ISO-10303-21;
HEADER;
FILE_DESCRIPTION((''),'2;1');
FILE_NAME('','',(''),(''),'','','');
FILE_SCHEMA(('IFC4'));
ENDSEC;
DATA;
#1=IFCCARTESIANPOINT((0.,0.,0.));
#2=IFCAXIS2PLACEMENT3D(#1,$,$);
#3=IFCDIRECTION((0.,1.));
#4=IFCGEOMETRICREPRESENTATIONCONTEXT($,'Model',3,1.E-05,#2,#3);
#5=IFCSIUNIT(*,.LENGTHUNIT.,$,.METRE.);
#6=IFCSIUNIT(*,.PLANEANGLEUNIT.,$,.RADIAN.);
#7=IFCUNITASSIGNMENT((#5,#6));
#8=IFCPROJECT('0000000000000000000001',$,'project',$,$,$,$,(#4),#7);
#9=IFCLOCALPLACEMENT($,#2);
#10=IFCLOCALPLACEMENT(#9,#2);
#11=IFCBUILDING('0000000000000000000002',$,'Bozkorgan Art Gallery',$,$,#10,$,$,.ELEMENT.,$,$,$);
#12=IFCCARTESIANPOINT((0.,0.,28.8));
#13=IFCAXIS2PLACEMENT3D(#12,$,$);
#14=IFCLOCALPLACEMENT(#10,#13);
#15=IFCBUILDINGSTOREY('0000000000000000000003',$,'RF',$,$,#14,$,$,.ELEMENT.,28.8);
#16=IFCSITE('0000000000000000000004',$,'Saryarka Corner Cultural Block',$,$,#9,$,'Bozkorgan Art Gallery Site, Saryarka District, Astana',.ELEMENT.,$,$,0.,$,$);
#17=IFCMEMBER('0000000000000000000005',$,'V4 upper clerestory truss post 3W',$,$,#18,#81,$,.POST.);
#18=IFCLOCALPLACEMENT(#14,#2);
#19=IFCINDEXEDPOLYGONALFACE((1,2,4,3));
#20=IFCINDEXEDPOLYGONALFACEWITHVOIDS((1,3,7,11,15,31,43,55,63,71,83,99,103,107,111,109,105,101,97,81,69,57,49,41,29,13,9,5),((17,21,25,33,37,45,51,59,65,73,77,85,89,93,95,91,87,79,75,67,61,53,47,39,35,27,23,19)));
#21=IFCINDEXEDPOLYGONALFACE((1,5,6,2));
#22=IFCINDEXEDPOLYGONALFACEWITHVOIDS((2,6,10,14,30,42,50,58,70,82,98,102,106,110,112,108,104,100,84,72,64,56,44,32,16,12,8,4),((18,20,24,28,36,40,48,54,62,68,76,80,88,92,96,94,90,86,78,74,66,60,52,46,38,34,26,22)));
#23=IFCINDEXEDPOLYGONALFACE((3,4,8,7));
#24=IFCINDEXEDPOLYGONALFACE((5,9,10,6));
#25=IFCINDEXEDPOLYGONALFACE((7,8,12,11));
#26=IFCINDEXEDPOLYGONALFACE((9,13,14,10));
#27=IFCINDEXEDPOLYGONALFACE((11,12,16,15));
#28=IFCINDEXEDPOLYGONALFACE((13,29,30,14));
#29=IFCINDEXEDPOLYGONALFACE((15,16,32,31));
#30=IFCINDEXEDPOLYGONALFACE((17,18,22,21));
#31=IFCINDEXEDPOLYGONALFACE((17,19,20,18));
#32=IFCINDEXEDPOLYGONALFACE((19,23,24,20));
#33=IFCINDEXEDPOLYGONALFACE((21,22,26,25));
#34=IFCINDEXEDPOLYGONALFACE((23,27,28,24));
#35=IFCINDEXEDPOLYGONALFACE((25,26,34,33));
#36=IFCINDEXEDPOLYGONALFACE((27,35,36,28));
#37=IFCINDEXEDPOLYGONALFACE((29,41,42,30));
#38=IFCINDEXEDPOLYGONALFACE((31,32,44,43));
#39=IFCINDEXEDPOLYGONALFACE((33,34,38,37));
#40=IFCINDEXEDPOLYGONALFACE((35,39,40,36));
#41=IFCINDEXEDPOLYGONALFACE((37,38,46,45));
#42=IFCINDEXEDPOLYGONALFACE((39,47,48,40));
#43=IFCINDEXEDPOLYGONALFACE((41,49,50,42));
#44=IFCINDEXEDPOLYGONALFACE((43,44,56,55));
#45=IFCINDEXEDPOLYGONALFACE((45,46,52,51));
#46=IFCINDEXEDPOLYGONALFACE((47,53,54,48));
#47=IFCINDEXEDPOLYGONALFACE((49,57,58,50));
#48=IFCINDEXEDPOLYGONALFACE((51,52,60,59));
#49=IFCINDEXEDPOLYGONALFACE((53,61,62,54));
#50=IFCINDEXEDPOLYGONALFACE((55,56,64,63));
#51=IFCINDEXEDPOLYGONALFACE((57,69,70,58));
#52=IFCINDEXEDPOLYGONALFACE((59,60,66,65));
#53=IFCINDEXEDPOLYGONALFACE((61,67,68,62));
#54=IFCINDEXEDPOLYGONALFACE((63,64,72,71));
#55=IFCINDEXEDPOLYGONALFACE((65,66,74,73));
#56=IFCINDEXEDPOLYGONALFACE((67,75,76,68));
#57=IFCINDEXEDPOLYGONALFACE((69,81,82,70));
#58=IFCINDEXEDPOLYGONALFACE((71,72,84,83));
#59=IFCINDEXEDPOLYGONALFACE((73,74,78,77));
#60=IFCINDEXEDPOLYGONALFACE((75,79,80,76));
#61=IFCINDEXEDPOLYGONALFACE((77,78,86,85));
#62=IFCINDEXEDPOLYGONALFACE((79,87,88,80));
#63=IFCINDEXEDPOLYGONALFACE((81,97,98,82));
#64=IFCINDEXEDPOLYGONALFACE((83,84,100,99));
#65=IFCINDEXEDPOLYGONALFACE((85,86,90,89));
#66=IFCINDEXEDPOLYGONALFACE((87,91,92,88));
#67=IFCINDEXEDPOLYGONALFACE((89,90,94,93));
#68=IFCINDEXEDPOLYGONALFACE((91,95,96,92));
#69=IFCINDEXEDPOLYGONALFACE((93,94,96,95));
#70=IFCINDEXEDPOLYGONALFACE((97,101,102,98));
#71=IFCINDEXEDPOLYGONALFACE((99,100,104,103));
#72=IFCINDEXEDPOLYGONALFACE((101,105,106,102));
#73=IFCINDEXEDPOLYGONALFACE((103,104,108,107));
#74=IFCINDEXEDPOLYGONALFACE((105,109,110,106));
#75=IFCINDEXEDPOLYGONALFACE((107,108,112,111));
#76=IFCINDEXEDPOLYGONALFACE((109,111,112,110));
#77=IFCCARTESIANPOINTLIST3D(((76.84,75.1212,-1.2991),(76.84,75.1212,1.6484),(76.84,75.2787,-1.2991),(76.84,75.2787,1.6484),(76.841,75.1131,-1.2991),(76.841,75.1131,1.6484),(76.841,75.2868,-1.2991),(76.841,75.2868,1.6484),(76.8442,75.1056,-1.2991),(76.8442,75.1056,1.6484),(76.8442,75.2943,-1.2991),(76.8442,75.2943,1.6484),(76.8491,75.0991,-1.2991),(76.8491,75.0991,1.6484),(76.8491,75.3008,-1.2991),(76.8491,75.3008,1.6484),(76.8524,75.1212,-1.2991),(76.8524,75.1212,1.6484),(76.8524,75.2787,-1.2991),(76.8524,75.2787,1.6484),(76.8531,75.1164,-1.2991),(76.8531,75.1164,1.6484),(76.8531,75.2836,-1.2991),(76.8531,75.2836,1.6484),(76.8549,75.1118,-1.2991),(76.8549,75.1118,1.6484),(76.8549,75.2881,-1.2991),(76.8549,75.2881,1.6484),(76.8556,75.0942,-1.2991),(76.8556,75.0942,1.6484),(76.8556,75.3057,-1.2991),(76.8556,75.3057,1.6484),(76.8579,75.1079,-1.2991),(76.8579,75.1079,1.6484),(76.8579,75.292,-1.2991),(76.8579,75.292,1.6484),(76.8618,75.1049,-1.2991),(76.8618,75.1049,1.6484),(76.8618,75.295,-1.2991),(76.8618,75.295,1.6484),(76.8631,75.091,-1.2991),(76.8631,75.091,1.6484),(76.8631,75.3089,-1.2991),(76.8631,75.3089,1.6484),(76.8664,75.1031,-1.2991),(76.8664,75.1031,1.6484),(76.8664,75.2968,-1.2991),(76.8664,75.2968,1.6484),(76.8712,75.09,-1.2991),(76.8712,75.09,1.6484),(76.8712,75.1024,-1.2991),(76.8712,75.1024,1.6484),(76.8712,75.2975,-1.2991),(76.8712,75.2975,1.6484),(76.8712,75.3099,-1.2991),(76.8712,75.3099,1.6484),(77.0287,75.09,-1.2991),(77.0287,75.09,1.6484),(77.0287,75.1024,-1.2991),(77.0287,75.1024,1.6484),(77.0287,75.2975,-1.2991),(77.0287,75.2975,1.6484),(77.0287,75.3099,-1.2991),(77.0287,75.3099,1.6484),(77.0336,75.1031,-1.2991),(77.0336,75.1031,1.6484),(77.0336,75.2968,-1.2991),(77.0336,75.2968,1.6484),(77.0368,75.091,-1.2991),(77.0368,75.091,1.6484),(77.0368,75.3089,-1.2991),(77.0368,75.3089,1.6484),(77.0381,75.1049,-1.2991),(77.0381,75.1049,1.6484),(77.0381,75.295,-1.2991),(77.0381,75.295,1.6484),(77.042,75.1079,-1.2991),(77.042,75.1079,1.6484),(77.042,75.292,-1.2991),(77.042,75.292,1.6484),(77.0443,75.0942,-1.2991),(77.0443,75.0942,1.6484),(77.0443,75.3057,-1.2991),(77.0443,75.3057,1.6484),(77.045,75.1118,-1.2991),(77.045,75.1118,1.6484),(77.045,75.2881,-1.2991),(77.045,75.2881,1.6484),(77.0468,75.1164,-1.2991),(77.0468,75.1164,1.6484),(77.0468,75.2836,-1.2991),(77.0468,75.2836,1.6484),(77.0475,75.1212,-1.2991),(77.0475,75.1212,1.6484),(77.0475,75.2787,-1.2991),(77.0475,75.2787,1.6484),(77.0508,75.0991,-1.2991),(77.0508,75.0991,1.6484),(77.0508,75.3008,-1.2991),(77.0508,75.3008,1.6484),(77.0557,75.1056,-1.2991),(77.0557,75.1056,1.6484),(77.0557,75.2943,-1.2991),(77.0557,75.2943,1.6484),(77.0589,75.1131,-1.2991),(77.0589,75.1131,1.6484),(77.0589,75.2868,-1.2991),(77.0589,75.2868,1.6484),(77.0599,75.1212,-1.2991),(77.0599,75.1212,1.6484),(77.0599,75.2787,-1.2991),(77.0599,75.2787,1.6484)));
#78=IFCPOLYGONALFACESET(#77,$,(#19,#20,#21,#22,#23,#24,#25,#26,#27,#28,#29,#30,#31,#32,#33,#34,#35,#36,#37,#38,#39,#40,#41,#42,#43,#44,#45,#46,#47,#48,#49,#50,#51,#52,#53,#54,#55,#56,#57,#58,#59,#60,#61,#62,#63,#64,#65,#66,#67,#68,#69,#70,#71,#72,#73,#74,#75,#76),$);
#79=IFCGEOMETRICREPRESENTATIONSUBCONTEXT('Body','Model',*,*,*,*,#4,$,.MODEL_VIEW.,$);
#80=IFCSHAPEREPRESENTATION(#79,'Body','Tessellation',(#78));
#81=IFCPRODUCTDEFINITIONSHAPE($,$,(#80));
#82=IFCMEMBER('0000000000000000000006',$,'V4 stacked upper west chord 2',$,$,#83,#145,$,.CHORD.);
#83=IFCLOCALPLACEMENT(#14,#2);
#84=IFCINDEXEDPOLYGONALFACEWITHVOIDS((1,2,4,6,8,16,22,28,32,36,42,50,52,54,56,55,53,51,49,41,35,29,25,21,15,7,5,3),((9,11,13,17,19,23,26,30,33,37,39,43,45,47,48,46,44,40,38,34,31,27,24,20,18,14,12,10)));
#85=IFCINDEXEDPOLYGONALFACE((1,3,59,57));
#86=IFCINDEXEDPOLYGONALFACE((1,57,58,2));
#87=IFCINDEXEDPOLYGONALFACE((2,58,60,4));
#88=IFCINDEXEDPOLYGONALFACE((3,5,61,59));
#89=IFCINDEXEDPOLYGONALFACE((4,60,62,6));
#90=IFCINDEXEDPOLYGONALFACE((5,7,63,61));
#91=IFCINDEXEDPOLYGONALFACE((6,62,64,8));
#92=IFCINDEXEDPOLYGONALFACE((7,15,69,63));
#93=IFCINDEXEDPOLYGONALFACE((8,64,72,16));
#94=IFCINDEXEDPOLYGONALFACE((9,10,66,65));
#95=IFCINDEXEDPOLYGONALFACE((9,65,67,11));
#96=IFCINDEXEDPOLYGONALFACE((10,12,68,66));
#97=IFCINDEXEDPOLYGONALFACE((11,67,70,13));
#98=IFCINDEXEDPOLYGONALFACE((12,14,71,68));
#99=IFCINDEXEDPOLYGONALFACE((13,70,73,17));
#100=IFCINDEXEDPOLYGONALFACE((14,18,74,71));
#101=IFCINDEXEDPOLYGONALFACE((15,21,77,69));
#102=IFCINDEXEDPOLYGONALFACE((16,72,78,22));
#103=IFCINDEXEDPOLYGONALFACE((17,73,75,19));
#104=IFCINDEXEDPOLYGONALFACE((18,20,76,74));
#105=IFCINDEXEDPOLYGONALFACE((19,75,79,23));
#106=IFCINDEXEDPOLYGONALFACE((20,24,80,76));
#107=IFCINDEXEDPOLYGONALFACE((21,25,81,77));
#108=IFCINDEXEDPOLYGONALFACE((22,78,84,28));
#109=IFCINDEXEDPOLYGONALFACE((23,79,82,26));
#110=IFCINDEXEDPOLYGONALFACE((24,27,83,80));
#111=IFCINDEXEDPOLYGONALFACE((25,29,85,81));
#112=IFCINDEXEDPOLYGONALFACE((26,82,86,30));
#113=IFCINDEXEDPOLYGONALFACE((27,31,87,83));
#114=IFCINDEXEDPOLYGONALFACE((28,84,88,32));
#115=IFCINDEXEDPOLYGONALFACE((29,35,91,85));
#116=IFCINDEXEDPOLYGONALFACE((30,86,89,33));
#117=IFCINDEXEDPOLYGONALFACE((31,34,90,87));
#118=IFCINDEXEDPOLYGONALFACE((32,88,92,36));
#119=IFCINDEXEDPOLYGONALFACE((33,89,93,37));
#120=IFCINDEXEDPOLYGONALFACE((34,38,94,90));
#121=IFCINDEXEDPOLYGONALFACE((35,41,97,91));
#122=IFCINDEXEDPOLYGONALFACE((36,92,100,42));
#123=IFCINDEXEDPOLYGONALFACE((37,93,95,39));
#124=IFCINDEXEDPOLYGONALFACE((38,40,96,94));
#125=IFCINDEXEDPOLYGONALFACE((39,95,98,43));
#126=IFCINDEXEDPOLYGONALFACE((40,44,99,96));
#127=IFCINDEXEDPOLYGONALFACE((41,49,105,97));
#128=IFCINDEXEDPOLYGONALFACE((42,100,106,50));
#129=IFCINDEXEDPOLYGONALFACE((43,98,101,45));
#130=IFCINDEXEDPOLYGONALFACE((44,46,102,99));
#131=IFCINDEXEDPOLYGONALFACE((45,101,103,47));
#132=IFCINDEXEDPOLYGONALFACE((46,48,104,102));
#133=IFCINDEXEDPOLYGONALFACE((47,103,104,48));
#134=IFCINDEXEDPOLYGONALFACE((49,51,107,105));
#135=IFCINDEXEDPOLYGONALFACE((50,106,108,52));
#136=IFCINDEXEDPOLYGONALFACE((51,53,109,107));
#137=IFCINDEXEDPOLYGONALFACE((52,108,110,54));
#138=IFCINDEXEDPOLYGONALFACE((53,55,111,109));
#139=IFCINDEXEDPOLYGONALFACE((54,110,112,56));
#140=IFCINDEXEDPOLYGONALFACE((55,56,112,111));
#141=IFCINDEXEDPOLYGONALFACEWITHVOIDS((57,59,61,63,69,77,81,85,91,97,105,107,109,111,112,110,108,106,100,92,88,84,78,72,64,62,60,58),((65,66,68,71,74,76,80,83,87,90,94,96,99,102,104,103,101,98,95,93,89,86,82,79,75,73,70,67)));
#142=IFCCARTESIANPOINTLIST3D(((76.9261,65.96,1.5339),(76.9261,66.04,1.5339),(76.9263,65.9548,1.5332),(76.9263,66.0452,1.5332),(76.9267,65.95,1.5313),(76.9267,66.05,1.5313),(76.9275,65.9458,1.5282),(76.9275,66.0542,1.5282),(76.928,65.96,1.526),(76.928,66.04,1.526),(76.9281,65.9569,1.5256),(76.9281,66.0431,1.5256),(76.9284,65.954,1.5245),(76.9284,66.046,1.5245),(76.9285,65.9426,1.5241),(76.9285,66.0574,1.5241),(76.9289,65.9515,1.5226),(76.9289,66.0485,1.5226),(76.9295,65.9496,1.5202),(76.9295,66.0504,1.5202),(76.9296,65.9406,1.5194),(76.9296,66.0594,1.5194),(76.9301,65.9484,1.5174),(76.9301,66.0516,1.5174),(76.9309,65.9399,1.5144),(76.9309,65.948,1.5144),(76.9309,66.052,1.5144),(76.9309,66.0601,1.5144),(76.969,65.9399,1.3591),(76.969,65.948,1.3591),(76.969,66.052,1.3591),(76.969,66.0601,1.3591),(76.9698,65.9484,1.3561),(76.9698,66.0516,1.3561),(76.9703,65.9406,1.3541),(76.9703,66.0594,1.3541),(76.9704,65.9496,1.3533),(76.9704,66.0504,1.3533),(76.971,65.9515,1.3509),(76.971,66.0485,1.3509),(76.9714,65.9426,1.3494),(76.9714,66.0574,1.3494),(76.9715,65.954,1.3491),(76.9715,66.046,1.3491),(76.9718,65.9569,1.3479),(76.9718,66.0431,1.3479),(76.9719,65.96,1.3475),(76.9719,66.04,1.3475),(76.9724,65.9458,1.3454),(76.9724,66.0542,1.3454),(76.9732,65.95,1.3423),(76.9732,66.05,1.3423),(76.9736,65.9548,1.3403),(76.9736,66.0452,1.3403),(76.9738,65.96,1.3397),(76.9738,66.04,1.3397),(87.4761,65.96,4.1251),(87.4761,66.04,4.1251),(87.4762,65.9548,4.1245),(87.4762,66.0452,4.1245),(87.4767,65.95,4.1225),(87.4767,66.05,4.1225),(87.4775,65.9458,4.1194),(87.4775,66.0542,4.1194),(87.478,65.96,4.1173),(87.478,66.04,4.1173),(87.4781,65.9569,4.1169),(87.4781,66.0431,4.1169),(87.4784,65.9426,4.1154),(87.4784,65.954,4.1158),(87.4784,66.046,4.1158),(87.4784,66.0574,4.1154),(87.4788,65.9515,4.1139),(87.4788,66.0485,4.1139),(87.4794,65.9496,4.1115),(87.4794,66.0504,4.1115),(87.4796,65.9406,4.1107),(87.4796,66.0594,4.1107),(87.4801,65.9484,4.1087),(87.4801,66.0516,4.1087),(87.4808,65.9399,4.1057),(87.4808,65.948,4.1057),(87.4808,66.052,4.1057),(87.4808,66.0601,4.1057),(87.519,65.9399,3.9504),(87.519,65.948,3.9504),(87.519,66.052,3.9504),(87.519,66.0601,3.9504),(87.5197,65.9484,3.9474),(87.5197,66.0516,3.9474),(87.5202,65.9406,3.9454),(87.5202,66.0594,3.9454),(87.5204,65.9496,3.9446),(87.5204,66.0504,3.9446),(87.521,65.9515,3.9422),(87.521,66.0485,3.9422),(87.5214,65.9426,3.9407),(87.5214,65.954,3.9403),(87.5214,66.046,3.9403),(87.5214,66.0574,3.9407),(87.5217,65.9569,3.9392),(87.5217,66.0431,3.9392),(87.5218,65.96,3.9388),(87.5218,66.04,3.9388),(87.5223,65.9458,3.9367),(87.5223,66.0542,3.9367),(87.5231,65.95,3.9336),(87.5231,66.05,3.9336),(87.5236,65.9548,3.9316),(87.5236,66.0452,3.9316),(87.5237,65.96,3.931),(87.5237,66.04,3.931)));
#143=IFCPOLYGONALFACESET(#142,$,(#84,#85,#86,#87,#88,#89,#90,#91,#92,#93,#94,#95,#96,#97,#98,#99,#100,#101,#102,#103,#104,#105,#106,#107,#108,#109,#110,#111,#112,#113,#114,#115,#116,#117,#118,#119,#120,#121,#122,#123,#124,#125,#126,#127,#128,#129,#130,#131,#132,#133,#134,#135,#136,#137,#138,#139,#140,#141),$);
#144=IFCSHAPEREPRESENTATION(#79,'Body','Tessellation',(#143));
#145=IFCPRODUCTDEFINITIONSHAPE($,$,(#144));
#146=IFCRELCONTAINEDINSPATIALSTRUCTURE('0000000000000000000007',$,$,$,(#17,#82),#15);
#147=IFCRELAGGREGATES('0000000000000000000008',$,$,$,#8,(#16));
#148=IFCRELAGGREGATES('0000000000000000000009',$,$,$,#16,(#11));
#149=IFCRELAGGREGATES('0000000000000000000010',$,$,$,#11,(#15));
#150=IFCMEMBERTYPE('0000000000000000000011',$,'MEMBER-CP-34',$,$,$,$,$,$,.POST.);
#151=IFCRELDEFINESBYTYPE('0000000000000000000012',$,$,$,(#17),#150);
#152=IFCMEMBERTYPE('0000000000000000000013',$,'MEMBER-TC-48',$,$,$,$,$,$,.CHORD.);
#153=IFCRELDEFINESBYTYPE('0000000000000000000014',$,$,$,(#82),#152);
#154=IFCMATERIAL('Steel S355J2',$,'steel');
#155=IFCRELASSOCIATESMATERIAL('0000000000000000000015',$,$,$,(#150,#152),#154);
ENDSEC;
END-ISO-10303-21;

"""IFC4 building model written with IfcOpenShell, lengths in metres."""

from ifc_helpers import new_model, si_unit, direction, frame, origin, origin_2d, place, context, subcontext, project, spatial, hollow_rectangle, extrude, material, material_profile, profile_set, type_object, element, save


model = new_model("IFC4")

# Units and contexts
model_context = context("Model", 3, precision=1e-05, world=origin(), true_north=direction((0.0, 1.0)))
body_context = subcontext(model_context, "Body", "Model", "MODEL_VIEW")
ifc_project = project(units=[si_unit("LENGTHUNIT", "METRE"), si_unit("PLANEANGLEUNIT", "RADIAN")], contexts=[model_context])

# Site, building, storey
site_placement = place(None, origin())
site = spatial("IfcSite", under=ifc_project, at=site_placement, Name="Saryarka Corner Cultural Block", LongName="Bozkorgan Art Gallery Site, Saryarka District, Astana", CompositionType="ELEMENT", RefElevation=0.0)
building_placement = place(site_placement, origin())
building = spatial("IfcBuilding", under=site, at=building_placement, Name="Bozkorgan Art Gallery", CompositionType="ELEMENT")
storey_placement = place(building_placement, frame((0.0, 0.0, 28.8)))
storey = spatial("IfcBuildingStorey", under=building, at=storey_placement, Name="RF", CompositionType="ELEMENT", Elevation=28.8)

# Shared definitions
ifc_material_1 = material(Name="Steel S355J2", Category="steel")

# Members
ifc_material_profile_1 = material_profile(ifc_material_1, hollow_rectangle(XDim=0.22, YDim=0.22, WallThickness=0.0125, InnerFilletRadius=0.0188, OuterFilletRadius=0.0312, at=origin_2d()), Name="SHS 220x220x12.5")
ifc_profile_set_1 = profile_set([ifc_material_profile_1], Name="Steel S355J2")
member_type_1 = type_object("IfcMemberType", Name="MEMBER-CP-34", PredefinedType="POST", material=ifc_profile_set_1)
member_1_placement = place(storey_placement, frame((76.95, 75.2, -1.2991), z_axis=(0.0, 0.0, 1.0), x_axis=(1.0, 0.0, 0.0)))
element("IfcMember", 1, at=member_1_placement, inside=storey, type_object=member_type_1, Name="V4 upper clerestory truss post 3W", PredefinedType="POST", context=body_context, shape_type="SweptSolid", body=[
    extrude(hollow_rectangle(XDim=0.22, YDim=0.22, WallThickness=0.0125, InnerFilletRadius=0.0188, OuterFilletRadius=0.0312, at=origin_2d()), origin(), (0.0, 0.0, 1.0), 2.9475),
])
ifc_material_profile_2 = material_profile(ifc_material_1, hollow_rectangle(XDim=0.1201, YDim=0.2, WallThickness=0.0081, InnerFilletRadius=0.012, OuterFilletRadius=0.02, at=origin_2d()), Name="RHS 200x120x8")
ifc_profile_set_2 = profile_set([ifc_material_profile_2], Name="Steel S355J2")
member_type_2 = type_object("IfcMemberType", Name="MEMBER-TC-48", PredefinedType="CHORD", material=ifc_profile_set_2)
for number, where, z_axis, x_axis, name in (
    (2, (76.95, 66.0, 1.4368), (0.971135, 0.0, 0.238531), (0.0, 1.0, 0.0), "V4 stacked upper west chord 2"),
):
    element("IfcMember", number, at=place(storey_placement, frame(where, z_axis=z_axis, x_axis=x_axis)), inside=storey, type_object=member_type_2, Name=name, PredefinedType="CHORD", context=body_context, shape_type="SweptSolid", body=[
        extrude(hollow_rectangle(XDim=0.1201, YDim=0.2, WallThickness=0.0081, InnerFilletRadius=0.012, OuterFilletRadius=0.02, at=origin_2d()), origin(), (0.0, 0.0, 1.0), 10.8635),
    ])

save(model, "model.ifc")
